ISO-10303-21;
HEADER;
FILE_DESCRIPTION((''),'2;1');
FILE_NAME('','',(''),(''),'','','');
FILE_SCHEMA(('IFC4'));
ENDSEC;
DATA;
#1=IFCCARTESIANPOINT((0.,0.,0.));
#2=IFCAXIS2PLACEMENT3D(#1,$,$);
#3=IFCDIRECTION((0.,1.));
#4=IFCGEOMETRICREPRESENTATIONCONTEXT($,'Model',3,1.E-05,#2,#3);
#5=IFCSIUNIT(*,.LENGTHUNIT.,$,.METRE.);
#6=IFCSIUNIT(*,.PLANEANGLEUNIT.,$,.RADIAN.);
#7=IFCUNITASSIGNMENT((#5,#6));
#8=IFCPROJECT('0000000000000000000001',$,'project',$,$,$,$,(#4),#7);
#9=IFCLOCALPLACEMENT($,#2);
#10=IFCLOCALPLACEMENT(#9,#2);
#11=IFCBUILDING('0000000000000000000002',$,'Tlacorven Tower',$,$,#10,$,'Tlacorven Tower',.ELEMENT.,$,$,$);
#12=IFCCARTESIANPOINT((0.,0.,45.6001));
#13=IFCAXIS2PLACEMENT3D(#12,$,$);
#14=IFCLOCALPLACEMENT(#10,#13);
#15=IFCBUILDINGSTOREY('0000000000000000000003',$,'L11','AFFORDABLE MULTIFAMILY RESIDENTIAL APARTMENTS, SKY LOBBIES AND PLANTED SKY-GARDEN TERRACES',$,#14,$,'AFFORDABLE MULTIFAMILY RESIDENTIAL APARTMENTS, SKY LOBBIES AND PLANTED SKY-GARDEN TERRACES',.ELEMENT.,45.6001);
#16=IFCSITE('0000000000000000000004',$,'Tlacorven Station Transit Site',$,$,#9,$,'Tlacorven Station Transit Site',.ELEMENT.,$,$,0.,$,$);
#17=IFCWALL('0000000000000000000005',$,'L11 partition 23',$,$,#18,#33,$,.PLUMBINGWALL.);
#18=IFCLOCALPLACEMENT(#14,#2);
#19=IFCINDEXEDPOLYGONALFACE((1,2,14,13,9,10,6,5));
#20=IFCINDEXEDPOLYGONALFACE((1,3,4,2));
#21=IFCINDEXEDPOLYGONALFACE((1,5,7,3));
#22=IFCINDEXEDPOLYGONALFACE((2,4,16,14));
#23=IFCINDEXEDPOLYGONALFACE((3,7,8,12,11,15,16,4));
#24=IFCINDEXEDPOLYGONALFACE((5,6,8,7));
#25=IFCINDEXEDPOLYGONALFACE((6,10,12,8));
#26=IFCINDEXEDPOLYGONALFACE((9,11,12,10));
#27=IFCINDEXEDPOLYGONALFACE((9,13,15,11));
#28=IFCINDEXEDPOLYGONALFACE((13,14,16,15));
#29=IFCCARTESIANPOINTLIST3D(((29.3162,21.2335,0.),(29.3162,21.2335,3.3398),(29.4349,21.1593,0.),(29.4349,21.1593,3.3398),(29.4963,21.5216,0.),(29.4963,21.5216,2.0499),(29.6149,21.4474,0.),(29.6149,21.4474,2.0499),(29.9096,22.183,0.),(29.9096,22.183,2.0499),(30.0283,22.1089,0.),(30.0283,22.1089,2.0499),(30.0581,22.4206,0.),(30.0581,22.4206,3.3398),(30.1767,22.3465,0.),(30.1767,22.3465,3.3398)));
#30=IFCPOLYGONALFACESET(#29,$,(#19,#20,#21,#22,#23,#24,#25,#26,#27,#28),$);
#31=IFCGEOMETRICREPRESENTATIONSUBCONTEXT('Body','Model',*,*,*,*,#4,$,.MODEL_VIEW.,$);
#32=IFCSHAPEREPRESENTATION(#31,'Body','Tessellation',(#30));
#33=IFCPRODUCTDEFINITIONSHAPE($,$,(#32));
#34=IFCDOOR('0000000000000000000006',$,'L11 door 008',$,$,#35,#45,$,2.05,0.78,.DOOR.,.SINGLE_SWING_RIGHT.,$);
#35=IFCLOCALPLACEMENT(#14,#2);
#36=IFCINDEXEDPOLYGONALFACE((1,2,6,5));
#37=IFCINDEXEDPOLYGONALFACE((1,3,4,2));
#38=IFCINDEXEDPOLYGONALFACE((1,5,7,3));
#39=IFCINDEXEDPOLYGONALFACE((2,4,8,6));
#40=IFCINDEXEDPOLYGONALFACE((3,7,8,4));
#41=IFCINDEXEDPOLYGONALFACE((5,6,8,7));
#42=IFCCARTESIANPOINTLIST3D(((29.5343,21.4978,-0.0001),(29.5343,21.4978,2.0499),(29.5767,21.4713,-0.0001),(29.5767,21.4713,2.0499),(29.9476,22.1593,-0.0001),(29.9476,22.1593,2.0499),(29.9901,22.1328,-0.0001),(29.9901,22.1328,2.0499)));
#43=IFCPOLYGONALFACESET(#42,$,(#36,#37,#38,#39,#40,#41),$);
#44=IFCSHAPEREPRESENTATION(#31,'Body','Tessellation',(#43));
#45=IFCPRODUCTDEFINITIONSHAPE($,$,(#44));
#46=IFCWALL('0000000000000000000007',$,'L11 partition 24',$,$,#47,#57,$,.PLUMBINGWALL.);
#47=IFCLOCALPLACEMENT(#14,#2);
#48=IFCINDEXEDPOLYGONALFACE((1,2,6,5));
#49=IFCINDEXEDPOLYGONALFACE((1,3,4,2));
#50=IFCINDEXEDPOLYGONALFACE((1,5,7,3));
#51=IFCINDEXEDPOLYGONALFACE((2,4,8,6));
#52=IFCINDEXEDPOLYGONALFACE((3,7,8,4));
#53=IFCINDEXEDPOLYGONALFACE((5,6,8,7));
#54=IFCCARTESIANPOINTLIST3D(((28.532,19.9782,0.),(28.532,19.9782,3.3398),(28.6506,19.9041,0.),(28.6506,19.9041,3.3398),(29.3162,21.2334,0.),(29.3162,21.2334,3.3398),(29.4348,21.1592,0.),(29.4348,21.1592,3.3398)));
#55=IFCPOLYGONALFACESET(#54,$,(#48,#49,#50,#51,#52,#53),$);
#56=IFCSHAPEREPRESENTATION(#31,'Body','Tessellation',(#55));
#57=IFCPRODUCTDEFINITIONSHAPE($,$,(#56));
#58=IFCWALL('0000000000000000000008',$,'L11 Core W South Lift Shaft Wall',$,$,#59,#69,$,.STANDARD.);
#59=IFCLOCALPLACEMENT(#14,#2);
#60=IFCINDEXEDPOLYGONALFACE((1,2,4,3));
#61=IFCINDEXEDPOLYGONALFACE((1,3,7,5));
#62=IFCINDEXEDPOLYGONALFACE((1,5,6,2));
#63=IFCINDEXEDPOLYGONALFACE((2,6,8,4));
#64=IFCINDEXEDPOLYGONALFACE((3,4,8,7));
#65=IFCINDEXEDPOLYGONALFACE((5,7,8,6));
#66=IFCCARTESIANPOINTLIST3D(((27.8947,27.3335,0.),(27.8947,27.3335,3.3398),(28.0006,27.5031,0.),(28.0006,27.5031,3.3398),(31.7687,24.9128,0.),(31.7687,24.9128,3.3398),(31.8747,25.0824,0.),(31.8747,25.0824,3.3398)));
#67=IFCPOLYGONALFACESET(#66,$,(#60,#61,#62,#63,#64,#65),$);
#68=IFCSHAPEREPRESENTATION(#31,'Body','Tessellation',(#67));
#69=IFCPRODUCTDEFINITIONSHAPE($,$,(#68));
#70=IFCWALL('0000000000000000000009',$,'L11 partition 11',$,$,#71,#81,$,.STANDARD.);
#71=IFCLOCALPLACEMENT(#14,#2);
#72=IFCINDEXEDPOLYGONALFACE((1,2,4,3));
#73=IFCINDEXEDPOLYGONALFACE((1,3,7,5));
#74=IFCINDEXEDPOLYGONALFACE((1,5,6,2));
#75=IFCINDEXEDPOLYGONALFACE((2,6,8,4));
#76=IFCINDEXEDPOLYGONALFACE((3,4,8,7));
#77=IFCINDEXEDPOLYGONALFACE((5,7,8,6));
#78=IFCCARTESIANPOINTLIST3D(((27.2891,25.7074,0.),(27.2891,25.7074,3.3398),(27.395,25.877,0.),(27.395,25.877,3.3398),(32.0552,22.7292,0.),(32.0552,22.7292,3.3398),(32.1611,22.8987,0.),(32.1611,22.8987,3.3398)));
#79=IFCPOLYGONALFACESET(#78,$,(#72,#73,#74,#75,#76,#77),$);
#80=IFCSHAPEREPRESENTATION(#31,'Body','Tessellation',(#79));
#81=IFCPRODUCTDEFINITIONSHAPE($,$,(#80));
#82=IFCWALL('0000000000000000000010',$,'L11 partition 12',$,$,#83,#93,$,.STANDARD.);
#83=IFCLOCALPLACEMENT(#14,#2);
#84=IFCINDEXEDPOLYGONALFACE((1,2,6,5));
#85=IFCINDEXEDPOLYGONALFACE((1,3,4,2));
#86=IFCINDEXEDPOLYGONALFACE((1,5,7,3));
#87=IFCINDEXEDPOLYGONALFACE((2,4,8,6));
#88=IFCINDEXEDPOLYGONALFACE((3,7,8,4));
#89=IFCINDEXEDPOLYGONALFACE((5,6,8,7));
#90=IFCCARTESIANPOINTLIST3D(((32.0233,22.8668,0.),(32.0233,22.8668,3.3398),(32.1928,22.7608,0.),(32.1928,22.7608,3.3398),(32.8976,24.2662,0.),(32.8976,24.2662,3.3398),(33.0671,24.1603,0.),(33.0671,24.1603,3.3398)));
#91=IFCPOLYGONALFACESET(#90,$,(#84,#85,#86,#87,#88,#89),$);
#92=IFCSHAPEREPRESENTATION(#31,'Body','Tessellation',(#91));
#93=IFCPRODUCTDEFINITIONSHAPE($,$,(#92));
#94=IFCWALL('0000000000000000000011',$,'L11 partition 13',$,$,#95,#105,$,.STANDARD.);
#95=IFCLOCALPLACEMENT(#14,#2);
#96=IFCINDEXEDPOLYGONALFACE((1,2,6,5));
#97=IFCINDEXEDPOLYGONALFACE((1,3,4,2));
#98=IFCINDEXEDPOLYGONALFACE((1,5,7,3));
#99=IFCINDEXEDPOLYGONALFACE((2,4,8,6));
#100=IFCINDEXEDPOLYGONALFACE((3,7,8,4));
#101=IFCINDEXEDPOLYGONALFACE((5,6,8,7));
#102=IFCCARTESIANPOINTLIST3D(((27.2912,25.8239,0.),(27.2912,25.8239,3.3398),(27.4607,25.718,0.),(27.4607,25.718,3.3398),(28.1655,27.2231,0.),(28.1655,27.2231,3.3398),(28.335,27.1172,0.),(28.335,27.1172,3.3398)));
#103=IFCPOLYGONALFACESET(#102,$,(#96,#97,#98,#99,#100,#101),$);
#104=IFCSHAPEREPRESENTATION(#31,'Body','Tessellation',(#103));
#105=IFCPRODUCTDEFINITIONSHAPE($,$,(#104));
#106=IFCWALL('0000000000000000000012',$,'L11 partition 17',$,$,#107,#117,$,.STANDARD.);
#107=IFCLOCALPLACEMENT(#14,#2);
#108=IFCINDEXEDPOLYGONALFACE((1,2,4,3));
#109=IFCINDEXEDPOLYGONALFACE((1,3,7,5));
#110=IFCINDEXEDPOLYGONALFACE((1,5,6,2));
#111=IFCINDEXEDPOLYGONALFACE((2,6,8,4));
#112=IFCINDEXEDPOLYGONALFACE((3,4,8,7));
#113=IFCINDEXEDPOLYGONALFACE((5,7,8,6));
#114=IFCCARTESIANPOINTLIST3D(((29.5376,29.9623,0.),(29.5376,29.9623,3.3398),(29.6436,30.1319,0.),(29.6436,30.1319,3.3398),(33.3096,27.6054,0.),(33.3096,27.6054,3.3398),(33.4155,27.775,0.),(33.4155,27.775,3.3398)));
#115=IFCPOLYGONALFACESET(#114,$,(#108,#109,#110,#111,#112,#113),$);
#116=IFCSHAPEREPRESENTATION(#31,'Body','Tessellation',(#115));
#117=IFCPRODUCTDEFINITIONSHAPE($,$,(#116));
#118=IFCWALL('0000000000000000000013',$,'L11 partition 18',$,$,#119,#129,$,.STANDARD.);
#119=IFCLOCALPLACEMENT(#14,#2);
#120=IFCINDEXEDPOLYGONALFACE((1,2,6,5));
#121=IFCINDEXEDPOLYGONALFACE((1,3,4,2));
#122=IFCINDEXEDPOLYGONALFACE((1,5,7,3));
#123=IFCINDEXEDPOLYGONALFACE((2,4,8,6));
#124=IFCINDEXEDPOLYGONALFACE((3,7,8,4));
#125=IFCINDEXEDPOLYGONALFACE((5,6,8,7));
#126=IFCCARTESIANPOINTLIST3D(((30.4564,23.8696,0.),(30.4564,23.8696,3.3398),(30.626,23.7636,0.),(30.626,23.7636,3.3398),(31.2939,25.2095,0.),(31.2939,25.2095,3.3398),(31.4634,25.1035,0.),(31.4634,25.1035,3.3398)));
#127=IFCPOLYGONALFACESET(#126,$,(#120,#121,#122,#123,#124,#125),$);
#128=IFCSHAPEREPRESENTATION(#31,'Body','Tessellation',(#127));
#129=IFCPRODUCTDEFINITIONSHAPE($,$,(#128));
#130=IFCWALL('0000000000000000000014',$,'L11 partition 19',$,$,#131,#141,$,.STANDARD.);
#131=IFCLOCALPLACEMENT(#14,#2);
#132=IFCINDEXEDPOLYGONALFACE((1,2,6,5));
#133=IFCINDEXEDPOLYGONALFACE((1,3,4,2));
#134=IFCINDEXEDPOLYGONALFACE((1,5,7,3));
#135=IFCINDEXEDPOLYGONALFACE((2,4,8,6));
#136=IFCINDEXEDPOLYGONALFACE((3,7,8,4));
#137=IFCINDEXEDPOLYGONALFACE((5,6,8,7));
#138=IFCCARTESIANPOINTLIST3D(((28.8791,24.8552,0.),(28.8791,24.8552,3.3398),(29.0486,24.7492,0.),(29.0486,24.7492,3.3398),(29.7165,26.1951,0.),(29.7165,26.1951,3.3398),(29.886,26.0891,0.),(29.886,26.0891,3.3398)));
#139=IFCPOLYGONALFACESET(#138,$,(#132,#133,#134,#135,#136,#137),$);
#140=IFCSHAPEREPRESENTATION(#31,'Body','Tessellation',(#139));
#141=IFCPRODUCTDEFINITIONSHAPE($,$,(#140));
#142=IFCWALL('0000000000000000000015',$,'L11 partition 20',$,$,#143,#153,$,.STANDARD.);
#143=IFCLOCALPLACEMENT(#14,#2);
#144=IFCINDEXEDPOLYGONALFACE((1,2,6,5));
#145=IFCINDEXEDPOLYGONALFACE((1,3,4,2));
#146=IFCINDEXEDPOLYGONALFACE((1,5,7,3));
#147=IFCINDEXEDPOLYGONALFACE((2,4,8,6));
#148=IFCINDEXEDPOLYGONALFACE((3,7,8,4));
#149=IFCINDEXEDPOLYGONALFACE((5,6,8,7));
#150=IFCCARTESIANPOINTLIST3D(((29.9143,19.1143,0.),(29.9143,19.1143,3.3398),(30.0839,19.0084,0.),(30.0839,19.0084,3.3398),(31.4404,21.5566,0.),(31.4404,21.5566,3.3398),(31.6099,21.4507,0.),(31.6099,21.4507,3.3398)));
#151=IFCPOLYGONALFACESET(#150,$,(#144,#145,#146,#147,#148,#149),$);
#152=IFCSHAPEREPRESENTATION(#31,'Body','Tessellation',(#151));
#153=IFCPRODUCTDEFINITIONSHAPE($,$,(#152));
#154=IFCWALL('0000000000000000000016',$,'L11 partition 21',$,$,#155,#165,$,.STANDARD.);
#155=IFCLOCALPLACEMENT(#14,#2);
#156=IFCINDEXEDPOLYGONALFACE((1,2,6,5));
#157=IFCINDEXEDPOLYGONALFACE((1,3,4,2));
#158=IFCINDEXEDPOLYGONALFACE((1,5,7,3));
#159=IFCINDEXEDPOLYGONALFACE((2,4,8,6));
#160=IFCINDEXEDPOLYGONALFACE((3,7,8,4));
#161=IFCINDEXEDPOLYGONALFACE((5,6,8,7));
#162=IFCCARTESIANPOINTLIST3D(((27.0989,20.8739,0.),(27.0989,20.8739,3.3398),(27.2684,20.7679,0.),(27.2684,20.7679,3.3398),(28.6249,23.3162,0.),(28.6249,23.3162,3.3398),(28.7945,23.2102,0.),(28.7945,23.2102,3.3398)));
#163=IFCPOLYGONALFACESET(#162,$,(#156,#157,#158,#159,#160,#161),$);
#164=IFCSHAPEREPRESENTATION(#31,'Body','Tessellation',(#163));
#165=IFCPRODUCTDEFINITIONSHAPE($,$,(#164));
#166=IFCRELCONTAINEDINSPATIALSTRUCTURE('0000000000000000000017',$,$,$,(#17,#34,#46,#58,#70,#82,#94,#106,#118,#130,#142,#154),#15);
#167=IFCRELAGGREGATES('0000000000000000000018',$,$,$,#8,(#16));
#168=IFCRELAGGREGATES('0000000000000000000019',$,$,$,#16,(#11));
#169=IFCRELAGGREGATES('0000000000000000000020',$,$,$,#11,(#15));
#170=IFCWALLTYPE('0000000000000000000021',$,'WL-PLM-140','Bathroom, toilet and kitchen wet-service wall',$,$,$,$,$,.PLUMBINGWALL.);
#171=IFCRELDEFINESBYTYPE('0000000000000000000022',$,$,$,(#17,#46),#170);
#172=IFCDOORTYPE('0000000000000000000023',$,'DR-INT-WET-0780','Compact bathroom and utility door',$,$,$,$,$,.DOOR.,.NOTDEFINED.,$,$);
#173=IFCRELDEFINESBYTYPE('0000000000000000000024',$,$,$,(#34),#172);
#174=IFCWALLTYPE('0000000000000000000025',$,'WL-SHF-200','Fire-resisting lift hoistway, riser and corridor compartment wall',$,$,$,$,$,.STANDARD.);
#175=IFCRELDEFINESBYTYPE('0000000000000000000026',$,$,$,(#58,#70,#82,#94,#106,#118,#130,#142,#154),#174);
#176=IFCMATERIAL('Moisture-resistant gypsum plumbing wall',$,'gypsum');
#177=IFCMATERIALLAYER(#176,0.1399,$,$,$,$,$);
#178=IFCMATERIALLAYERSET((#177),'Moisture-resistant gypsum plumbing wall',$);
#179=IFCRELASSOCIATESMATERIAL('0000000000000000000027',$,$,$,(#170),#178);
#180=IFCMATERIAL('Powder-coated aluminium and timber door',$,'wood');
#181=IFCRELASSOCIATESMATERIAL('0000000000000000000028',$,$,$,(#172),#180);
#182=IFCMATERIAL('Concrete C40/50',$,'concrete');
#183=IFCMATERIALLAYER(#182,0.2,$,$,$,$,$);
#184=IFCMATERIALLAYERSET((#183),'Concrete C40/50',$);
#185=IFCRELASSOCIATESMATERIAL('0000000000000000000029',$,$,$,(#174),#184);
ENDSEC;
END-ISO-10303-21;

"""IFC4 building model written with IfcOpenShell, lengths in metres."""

from ifc_helpers import new_model, si_unit, direction, frame, frame_2d, origin, place, context, subcontext, project, spatial, rectangle, extrude, source, transform, mapped, material, layer, layer_set, type_object, element, fill, save


model = new_model("IFC4")

# Units and contexts
model_context = context("Model", 3, precision=1e-05, world=origin(), true_north=direction((0.0, 1.0)))
body_context = subcontext(model_context, "Body", "Model", "MODEL_VIEW")
ifc_project = project(units=[si_unit("LENGTHUNIT", "METRE"), si_unit("PLANEANGLEUNIT", "RADIAN")], contexts=[model_context])

# Site, building, storey
site_placement = place(None, origin())
site = spatial("IfcSite", under=ifc_project, at=site_placement, Name="Tlacorven Station Transit Site", LongName="Tlacorven Station Transit Site", CompositionType="ELEMENT", RefElevation=0.0)
building_placement = place(site_placement, origin())
building = spatial("IfcBuilding", under=site, at=building_placement, Name="Tlacorven Tower", LongName="Tlacorven Tower", CompositionType="ELEMENT")
storey_placement = place(building_placement, frame((0.0, 0.0, 45.6001)))
storey = spatial("IfcBuildingStorey", under=building, at=storey_placement, Name="L11", Description="AFFORDABLE MULTIFAMILY RESIDENTIAL APARTMENTS, SKY LOBBIES AND PLANTED SKY-GARDEN TERRACES", LongName="AFFORDABLE MULTIFAMILY RESIDENTIAL APARTMENTS, SKY LOBBIES AND PLANTED SKY-GARDEN TERRACES", CompositionType="ELEMENT", Elevation=45.6001)

# Wall, opening, door
ifc_material_1 = material(Name="Moisture-resistant gypsum plumbing wall", Category="gypsum")
ifc_layer_1 = layer(ifc_material_1, 0.1399)
ifc_layer_set_1 = layer_set([ifc_layer_1], Name="Moisture-resistant gypsum plumbing wall")
wall_type_1 = type_object("IfcWallType", Name="WL-PLM-140", Description="Bathroom, toilet and kitchen wet-service wall", PredefinedType="PLUMBINGWALL", material=ifc_layer_set_1)
wall_1_placement = place(storey_placement, frame((30.1174, 22.3835, 0.0), z_axis=(0.0, 0.0, 1.0), x_axis=(-0.529952, -0.848028, 0.0)))
wall_1 = element("IfcWall", 1, at=wall_1_placement, inside=storey, type_object=wall_type_1, Name="L11 partition 23", PredefinedType="PLUMBINGWALL", context=body_context, shape_type="SweptSolid", body=[
    extrude(rectangle(XDim=1.3999, YDim=0.1399, at=frame_2d((0.7, 0.0))), origin(), (0.0, 0.0, 1.0), 3.3398),
])
opening_1_placement = place(wall_1_placement, frame((0.28, 0.0, 0.0)))
opening_1 = element("IfcOpeningElement", 2, at=opening_1_placement, cuts=wall_1, PredefinedType="OPENING", context=body_context, shape_type="SweptSolid", body=[
    extrude(rectangle(XDim=0.78, YDim=2.05, at=frame_2d((0.3901, 1.0249))), frame((0.0, 0.0801, 0.0), z_axis=(0.0, -1.0, 0.0), x_axis=(1.0, 0.0, 0.0)), (0.0, 0.0, 1.0), 0.1599),
])
ifc_material_2 = material(Name="Powder-coated aluminium and timber door", Category="wood")
door_type_1 = type_object("IfcDoorType", Name="DR-INT-WET-0780", Description="Compact bathroom and utility door", OperationType="NOTDEFINED", PredefinedType="DOOR", material=ifc_material_2)
shared_shape_1 = source(origin(), body_context, "Body", "SweptSolid", [
    extrude(rectangle(XDim=0.78, YDim=2.05, at=frame_2d((0.3901, 1.0249))), frame((0.0, 0.0249, 0.0), z_axis=(0.0, -1.0, 0.0), x_axis=(1.0, 0.0, 0.0)), (0.0, 0.0, 1.0), 0.05),
])
door_1_placement = place(opening_1_placement, origin())
door_1 = element("IfcDoor", 3, at=door_1_placement, inside=storey, type_object=door_type_1, Name="L11 door 008", OperationType="SINGLE_SWING_RIGHT", OverallHeight=2.05, OverallWidth=0.78, PredefinedType="DOOR", context=body_context, shape_type="MappedRepresentation", body=[
    mapped(shared_shape_1, transform((0.0, 0.0, 0.0), scale=1.0)),
])
fill(opening_1, door_1)

# Walls
wall_2_placement = place(storey_placement, frame((29.3755, 21.1963, 0.0), z_axis=(0.0, 0.0, 1.0), x_axis=(-0.529865, -0.848082, 0.0)))
element("IfcWall", 4, at=wall_2_placement, inside=storey, type_object=wall_type_1, Name="L11 partition 24", PredefinedType="PLUMBINGWALL", context=body_context, shape_type="SweptSolid", body=[
    extrude(rectangle(XDim=1.48, YDim=0.1399, at=frame_2d((0.74, 0.0))), origin(), (0.0, 0.0, 1.0), 3.3398),
])
ifc_material_3 = material(Name="Concrete C40/50", Category="concrete")
ifc_layer_2 = layer(ifc_material_3, 0.2)
ifc_layer_set_2 = layer_set([ifc_layer_2], Name="Concrete C40/50")
wall_type_2 = type_object("IfcWallType", Name="WL-SHF-200", Description="Fire-resisting lift hoistway, riser and corridor compartment wall", PredefinedType="STANDARD", material=ifc_layer_set_2)
wall_3_placement = place(storey_placement, frame((31.8218, 24.9976, 0.0), z_axis=(0.0, 0.0, 1.0), x_axis=(-0.848058, 0.529903, 0.0)))
element("IfcWall", 5, at=wall_3_placement, inside=storey, type_object=wall_type_2, Name="L11 Core W South Lift Shaft Wall", PredefinedType="STANDARD", context=body_context, shape_type="SweptSolid", body=[
    extrude(rectangle(XDim=4.5681, YDim=0.2, at=frame_2d((2.2842, 0.0))), origin(), (0.0, 0.0, 1.0), 3.3398),
])
wall_4_placement = place(storey_placement, frame((32.1082, 22.814, 0.0), z_axis=(0.0, 0.0, 1.0), x_axis=(-0.848042, 0.529929, 0.0)))
element("IfcWall", 6, at=wall_4_placement, inside=storey, type_object=wall_type_2, Name="L11 partition 11", PredefinedType="STANDARD", context=body_context, shape_type="SweptSolid", body=[
    extrude(rectangle(XDim=5.6201, YDim=0.2, at=frame_2d((2.8101, 0.0))), origin(), (0.0, 0.0, 1.0), 3.3398),
])
wall_5_placement = place(storey_placement, frame((32.9824, 24.2134, 0.0), z_axis=(0.0, 0.0, 1.0), x_axis=(-0.529839, -0.848098, 0.0)))
element("IfcWall", 7, at=wall_5_placement, inside=storey, type_object=wall_type_2, Name="L11 partition 12", PredefinedType="STANDARD", context=body_context, shape_type="SweptSolid", body=[
    extrude(rectangle(XDim=1.6501, YDim=0.2, at=frame_2d((0.8252, 0.0))), origin(), (0.0, 0.0, 1.0), 3.3398),
])
wall_6_placement = place(storey_placement, frame((28.2502, 27.1702, 0.0), z_axis=(0.0, 0.0, 1.0), x_axis=(-0.529906, -0.848056, 0.0)))
element("IfcWall", 8, at=wall_6_placement, inside=storey, type_object=wall_type_2, Name="L11 partition 13", PredefinedType="STANDARD", context=body_context, shape_type="SweptSolid", body=[
    extrude(rectangle(XDim=1.6499, YDim=0.2, at=frame_2d((0.825, 0.0))), origin(), (0.0, 0.0, 1.0), 3.3398),
])
wall_7_placement = place(storey_placement, frame((33.3625, 27.6902, 0.0), z_axis=(0.0, 0.0, 1.0), x_axis=(-0.848054, 0.52991, 0.0)))
element("IfcWall", 9, at=wall_7_placement, inside=storey, type_object=wall_type_2, Name="L11 partition 17", PredefinedType="STANDARD", context=body_context, shape_type="SweptSolid", body=[
    extrude(rectangle(XDim=4.4478, YDim=0.2, at=frame_2d((2.2239, 0.0))), origin(), (0.0, 0.0, 1.0), 3.3398),
])
for number, where, z_axis, x_axis, name in (
    (10, (31.3787, 25.1565, 0.0), (0.0, 0.0, 1.0), (-0.529999, -0.847998, 0.0), "L11 partition 18"),
    (11, (29.8013, 26.1421, 0.0), (0.0, 0.0, 1.0), (-0.529999, -0.847998, 0.0), "L11 partition 19"),
):
    element("IfcWall", number, at=place(storey_placement, frame(where, z_axis=z_axis, x_axis=x_axis)), inside=storey, type_object=wall_type_2, Name=name, PredefinedType="STANDARD", context=body_context, shape_type="SweptSolid", body=[
        extrude(rectangle(XDim=1.5801, YDim=0.2, at=frame_2d((0.79, 0.0))), origin(), (0.0, 0.0, 1.0), 3.3398),
    ])
for number, where, z_axis, x_axis, name in (
    (12, (31.5251, 21.5037, 0.0), (0.0, 0.0, 1.0), (-0.529907, -0.848055, 0.0), "L11 partition 20"),
    (13, (28.7097, 23.2632, 0.0), (0.0, 0.0, 1.0), (-0.529907, -0.848055, 0.0), "L11 partition 21"),
):
    element("IfcWall", number, at=place(storey_placement, frame(where, z_axis=z_axis, x_axis=x_axis)), inside=storey, type_object=wall_type_2, Name=name, PredefinedType="STANDARD", context=body_context, shape_type="SweptSolid", body=[
        extrude(rectangle(XDim=2.8799, YDim=0.2, at=frame_2d((1.4399, 0.0))), origin(), (0.0, 0.0, 1.0), 3.3398),
    ])

save(model, "model.ifc")
